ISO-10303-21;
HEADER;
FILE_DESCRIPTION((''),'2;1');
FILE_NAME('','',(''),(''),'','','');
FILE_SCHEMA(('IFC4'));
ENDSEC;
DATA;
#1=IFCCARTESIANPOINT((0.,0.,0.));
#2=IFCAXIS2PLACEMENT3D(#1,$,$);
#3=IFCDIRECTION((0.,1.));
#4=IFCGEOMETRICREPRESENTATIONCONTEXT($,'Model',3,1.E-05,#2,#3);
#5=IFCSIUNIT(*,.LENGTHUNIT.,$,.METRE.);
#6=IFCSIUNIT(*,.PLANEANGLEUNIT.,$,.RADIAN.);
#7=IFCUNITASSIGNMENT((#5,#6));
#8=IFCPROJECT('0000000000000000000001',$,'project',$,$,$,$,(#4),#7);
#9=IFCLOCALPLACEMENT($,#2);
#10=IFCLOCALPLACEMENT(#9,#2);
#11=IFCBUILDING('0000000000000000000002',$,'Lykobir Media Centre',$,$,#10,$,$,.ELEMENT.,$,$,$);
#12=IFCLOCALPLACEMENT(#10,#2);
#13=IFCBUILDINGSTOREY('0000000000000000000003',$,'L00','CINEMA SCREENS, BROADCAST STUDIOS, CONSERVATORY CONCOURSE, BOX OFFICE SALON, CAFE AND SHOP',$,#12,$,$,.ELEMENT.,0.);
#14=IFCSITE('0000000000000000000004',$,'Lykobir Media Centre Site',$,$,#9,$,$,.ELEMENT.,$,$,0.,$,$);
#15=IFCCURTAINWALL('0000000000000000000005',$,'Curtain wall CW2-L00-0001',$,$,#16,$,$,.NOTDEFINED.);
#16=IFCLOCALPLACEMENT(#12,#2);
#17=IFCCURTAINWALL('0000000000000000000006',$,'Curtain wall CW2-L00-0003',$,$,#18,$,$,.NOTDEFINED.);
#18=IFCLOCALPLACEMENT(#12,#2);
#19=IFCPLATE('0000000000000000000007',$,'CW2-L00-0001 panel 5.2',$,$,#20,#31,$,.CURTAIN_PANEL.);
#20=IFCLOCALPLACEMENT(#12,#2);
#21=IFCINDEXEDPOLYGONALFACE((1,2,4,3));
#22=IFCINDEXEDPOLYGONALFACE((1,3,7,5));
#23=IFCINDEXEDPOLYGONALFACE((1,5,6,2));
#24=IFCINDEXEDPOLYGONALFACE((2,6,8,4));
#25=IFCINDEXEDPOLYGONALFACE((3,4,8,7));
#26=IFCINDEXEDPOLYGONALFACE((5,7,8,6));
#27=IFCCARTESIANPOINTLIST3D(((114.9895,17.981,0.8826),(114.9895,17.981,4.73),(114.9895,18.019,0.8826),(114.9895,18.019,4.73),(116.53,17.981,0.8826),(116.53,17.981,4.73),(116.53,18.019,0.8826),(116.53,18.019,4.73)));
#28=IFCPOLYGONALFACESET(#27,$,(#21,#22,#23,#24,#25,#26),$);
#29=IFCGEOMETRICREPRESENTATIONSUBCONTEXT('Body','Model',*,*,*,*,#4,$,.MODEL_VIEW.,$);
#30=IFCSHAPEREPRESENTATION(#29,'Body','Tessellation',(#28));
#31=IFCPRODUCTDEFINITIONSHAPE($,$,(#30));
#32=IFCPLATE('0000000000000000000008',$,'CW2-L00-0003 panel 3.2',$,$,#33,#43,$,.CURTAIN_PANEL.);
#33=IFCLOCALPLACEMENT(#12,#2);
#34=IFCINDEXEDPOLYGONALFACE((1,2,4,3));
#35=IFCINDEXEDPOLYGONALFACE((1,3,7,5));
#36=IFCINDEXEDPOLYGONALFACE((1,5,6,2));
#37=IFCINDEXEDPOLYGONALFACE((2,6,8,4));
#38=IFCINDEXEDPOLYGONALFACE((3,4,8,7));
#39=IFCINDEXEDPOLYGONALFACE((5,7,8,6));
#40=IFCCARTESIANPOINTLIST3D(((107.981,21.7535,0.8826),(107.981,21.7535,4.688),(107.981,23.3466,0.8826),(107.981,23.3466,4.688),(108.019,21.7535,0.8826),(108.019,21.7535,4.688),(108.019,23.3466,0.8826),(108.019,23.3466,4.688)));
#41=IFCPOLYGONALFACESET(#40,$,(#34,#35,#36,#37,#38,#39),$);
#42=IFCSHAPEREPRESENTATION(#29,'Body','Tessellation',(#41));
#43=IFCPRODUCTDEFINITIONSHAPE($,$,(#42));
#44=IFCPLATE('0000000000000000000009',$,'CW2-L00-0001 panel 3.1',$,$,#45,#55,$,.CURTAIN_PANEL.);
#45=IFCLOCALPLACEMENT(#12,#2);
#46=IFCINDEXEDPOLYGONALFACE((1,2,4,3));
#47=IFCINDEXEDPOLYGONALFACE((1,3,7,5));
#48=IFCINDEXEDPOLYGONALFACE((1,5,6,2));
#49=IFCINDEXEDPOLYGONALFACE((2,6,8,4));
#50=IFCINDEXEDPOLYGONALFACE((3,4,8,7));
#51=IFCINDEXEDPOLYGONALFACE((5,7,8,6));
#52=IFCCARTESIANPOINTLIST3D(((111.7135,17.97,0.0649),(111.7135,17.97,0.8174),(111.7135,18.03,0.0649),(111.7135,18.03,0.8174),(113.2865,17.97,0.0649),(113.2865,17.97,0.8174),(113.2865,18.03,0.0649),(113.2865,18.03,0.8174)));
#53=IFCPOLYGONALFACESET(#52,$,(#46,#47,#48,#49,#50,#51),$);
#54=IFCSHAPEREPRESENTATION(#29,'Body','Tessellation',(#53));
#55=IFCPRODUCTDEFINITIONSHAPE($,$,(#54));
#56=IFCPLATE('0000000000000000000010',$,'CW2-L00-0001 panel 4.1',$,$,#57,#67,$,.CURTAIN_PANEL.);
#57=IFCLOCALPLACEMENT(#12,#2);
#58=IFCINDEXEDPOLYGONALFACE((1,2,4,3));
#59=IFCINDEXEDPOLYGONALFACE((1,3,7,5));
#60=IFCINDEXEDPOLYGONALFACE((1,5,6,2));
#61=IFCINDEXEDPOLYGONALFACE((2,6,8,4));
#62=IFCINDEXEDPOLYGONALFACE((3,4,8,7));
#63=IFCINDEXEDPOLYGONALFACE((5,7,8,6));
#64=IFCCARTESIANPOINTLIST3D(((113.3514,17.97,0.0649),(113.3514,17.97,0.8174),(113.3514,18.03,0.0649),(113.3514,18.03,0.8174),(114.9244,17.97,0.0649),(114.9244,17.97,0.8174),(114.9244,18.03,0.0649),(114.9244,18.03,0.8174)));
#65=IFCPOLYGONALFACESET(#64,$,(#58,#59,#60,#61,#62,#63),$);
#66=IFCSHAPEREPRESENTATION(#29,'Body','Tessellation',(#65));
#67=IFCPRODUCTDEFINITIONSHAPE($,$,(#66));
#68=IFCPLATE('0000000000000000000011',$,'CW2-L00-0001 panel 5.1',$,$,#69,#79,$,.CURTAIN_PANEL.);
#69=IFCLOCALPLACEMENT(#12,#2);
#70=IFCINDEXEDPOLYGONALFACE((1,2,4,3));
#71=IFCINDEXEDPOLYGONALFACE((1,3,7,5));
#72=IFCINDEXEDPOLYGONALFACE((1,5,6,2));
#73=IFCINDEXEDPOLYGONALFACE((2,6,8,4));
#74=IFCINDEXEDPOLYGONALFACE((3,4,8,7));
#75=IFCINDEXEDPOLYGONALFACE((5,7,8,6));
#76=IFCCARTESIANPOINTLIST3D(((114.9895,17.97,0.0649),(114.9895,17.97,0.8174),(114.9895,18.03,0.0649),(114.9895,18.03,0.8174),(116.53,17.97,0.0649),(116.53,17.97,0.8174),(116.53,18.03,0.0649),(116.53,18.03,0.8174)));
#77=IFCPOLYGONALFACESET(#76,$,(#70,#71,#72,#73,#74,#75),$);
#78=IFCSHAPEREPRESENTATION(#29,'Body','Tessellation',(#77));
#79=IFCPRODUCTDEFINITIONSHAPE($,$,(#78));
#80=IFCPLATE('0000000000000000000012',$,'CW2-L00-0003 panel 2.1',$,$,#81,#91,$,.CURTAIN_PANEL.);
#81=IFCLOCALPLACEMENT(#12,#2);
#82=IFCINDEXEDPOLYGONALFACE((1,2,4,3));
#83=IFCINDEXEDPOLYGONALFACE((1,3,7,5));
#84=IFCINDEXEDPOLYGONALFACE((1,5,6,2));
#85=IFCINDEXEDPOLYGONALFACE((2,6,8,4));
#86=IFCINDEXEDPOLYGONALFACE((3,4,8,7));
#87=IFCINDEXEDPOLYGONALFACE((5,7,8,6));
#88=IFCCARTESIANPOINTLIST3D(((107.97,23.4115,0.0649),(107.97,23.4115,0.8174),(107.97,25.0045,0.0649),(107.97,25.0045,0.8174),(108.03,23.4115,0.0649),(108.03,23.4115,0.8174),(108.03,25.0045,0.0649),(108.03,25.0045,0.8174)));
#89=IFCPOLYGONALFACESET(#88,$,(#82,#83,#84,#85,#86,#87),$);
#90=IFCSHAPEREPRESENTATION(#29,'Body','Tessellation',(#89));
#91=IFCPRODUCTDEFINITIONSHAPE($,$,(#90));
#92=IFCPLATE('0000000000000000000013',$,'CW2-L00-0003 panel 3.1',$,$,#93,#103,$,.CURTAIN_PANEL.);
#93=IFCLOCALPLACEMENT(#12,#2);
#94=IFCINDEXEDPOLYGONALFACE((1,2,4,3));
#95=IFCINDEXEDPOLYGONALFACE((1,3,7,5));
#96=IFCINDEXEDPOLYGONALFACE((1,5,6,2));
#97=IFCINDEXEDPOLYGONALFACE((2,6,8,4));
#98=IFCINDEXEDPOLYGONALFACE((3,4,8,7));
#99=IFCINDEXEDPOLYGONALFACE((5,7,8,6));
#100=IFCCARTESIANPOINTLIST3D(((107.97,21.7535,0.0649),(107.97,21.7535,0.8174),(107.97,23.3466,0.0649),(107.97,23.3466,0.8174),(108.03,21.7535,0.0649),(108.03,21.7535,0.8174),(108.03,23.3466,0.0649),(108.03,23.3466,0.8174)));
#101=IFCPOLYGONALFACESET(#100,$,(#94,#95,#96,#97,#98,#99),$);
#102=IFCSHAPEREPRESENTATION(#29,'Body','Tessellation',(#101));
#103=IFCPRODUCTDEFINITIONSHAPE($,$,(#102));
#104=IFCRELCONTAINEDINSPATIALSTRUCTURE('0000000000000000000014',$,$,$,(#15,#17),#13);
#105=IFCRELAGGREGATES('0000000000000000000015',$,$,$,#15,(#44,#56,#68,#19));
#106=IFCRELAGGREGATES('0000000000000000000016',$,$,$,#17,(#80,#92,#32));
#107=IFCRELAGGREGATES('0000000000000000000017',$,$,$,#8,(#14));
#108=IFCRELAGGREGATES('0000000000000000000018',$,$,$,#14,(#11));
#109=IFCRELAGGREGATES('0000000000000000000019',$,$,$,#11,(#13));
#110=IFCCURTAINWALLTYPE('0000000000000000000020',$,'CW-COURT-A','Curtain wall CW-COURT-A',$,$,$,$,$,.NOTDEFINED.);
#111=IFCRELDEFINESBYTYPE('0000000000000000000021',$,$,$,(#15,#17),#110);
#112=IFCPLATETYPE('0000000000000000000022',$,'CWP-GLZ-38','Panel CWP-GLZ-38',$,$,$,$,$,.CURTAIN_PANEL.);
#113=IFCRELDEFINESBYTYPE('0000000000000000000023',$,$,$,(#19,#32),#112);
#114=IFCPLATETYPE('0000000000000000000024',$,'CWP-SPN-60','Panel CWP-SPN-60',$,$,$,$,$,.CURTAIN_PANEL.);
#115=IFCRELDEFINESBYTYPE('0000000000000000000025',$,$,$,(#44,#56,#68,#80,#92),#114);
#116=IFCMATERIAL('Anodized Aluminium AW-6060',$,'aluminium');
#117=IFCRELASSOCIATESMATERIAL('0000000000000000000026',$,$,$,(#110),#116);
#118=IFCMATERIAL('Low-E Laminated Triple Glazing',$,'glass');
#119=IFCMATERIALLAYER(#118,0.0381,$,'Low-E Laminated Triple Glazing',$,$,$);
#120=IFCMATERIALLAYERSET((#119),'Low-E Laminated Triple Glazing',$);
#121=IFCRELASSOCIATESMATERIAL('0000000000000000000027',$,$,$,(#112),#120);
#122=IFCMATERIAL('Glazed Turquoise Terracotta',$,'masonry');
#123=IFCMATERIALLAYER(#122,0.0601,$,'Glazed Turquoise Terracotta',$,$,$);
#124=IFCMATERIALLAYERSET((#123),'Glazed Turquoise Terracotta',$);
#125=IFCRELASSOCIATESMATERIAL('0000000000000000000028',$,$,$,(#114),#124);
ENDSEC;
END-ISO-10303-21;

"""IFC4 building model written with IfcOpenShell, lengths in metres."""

from ifc_helpers import new_model, si_unit, direction, frame, origin, origin_2d, place, context, subcontext, project, spatial, rectangle, extrude, material, layer, layer_set, type_object, element, aggregate, save


model = new_model("IFC4")

# Units and contexts
model_context = context("Model", 3, precision=1e-05, world=origin(), true_north=direction((0.0, 1.0)))
body_context = subcontext(model_context, "Body", "Model", "MODEL_VIEW")
ifc_project = project(units=[si_unit("LENGTHUNIT", "METRE"), si_unit("PLANEANGLEUNIT", "RADIAN")], contexts=[model_context])

# Site, building, storey
site_placement = place(None, origin())
site = spatial("IfcSite", under=ifc_project, at=site_placement, Name="Lykobir Media Centre Site", CompositionType="ELEMENT", RefElevation=0.0)
building_placement = place(site_placement, origin())
building = spatial("IfcBuilding", under=site, at=building_placement, Name="Lykobir Media Centre", CompositionType="ELEMENT")
storey_placement = place(building_placement, origin())
storey = spatial("IfcBuildingStorey", under=building, at=storey_placement, Name="L00", Description="CINEMA SCREENS, BROADCAST STUDIOS, CONSERVATORY CONCOURSE, BOX OFFICE SALON, CAFE AND SHOP", CompositionType="ELEMENT", Elevation=0.0)

# Curtain wall
ifc_material_1 = material(Name="Anodized Aluminium AW-6060", Category="aluminium")
curtain_wall_type = type_object("IfcCurtainWallType", Name="CW-COURT-A", Description="Curtain wall CW-COURT-A", PredefinedType="NOTDEFINED", material=ifc_material_1)
curtain_wall_1_placement = place(storey_placement, origin())
curtain_wall_1 = element("IfcCurtainWall", 1, at=curtain_wall_1_placement, inside=storey, type_object=curtain_wall_type, Name="Curtain wall CW2-L00-0001", PredefinedType="NOTDEFINED")

# Curtain wall
curtain_wall_2_placement = place(storey_placement, origin())
curtain_wall_2 = element("IfcCurtainWall", 2, at=curtain_wall_2_placement, inside=storey, type_object=curtain_wall_type, Name="Curtain wall CW2-L00-0003", PredefinedType="NOTDEFINED")

# Plates
ifc_material_2 = material(Name="Low-E Laminated Triple Glazing", Category="glass")
ifc_layer_1 = layer(ifc_material_2, 0.0381, Name="Low-E Laminated Triple Glazing")
ifc_layer_set_1 = layer_set([ifc_layer_1], Name="Low-E Laminated Triple Glazing")
plate_type_1 = type_object("IfcPlateType", Name="CWP-GLZ-38", Description="Panel CWP-GLZ-38", PredefinedType="CURTAIN_PANEL", material=ifc_layer_set_1)
plate_1_placement = place(storey_placement, frame((115.7598, 18.0, 0.8826), z_axis=(0.0, 0.0, 1.0), x_axis=(1.0, 0.0, 0.0)))
plate_1 = element("IfcPlate", 3, at=plate_1_placement, type_object=plate_type_1, Name="CW2-L00-0001 panel 5.2", PredefinedType="CURTAIN_PANEL", context=body_context, shape_type="SweptSolid", body=[
    extrude(rectangle(XDim=1.5405, YDim=0.0381, at=origin_2d()), origin(), (0.0, 0.0, 1.0), 3.8474),
])
plate_2_placement = place(storey_placement, frame((108.0, 22.55, 0.8826), z_axis=(0.0, 0.0, 1.0), x_axis=(0.0, -1.0, 0.0)))
plate_2 = element("IfcPlate", 4, at=plate_2_placement, type_object=plate_type_1, Name="CW2-L00-0003 panel 3.2", PredefinedType="CURTAIN_PANEL", context=body_context, shape_type="SweptSolid", body=[
    extrude(rectangle(XDim=1.593, YDim=0.0381, at=origin_2d()), origin(), (0.0, 0.0, 1.0), 3.8054),
])
ifc_material_3 = material(Name="Glazed Turquoise Terracotta", Category="masonry")
ifc_layer_2 = layer(ifc_material_3, 0.0601, Name="Glazed Turquoise Terracotta")
ifc_layer_set_2 = layer_set([ifc_layer_2], Name="Glazed Turquoise Terracotta")
plate_type_2 = type_object("IfcPlateType", Name="CWP-SPN-60", Description="Panel CWP-SPN-60", PredefinedType="CURTAIN_PANEL", material=ifc_layer_set_2)
plate_3_placement = place(storey_placement, frame((112.5, 18.0, 0.0649), z_axis=(0.0, 0.0, 1.0), x_axis=(1.0, 0.0, 0.0)))
plate_3 = element("IfcPlate", 5, at=plate_3_placement, type_object=plate_type_2, Name="CW2-L00-0001 panel 3.1", PredefinedType="CURTAIN_PANEL", context=body_context, shape_type="SweptSolid", body=[
    extrude(rectangle(XDim=1.573, YDim=0.0601, at=origin_2d()), origin(), (0.0, 0.0, 1.0), 0.7524),
])
plate_4_placement = place(storey_placement, frame((114.1379, 18.0, 0.0649), z_axis=(0.0, 0.0, 1.0), x_axis=(1.0, 0.0, 0.0)))
plate_4 = element("IfcPlate", 6, at=plate_4_placement, type_object=plate_type_2, Name="CW2-L00-0001 panel 4.1", PredefinedType="CURTAIN_PANEL", context=body_context, shape_type="SweptSolid", body=[
    extrude(rectangle(XDim=1.573, YDim=0.0601, at=origin_2d()), origin(), (0.0, 0.0, 1.0), 0.7524),
])
plate_5_placement = place(storey_placement, frame((115.7598, 18.0, 0.0649), z_axis=(0.0, 0.0, 1.0), x_axis=(1.0, 0.0, 0.0)))
plate_5 = element("IfcPlate", 7, at=plate_5_placement, type_object=plate_type_2, Name="CW2-L00-0001 panel 5.1", PredefinedType="CURTAIN_PANEL", context=body_context, shape_type="SweptSolid", body=[
    extrude(rectangle(XDim=1.5405, YDim=0.0601, at=origin_2d()), origin(), (0.0, 0.0, 1.0), 0.7524),
])
aggregate(curtain_wall_1, [plate_3, plate_4, plate_5, plate_1])
plate_6_placement = place(storey_placement, frame((108.0, 24.208, 0.0649), z_axis=(0.0, 0.0, 1.0), x_axis=(0.0, -1.0, 0.0)))
plate_6 = element("IfcPlate", 8, at=plate_6_placement, type_object=plate_type_2, Name="CW2-L00-0003 panel 2.1", PredefinedType="CURTAIN_PANEL", context=body_context, shape_type="SweptSolid", body=[
    extrude(rectangle(XDim=1.593, YDim=0.0601, at=origin_2d()), origin(), (0.0, 0.0, 1.0), 0.7524),
])
plate_7_placement = place(storey_placement, frame((108.0, 22.55, 0.0649), z_axis=(0.0, 0.0, 1.0), x_axis=(0.0, -1.0, 0.0)))
plate_7 = element("IfcPlate", 9, at=plate_7_placement, type_object=plate_type_2, Name="CW2-L00-0003 panel 3.1", PredefinedType="CURTAIN_PANEL", context=body_context, shape_type="SweptSolid", body=[
    extrude(rectangle(XDim=1.593, YDim=0.0601, at=origin_2d()), origin(), (0.0, 0.0, 1.0), 0.7524),
])
aggregate(curtain_wall_2, [plate_6, plate_7, plate_2])

save(model, "model.ifc")
